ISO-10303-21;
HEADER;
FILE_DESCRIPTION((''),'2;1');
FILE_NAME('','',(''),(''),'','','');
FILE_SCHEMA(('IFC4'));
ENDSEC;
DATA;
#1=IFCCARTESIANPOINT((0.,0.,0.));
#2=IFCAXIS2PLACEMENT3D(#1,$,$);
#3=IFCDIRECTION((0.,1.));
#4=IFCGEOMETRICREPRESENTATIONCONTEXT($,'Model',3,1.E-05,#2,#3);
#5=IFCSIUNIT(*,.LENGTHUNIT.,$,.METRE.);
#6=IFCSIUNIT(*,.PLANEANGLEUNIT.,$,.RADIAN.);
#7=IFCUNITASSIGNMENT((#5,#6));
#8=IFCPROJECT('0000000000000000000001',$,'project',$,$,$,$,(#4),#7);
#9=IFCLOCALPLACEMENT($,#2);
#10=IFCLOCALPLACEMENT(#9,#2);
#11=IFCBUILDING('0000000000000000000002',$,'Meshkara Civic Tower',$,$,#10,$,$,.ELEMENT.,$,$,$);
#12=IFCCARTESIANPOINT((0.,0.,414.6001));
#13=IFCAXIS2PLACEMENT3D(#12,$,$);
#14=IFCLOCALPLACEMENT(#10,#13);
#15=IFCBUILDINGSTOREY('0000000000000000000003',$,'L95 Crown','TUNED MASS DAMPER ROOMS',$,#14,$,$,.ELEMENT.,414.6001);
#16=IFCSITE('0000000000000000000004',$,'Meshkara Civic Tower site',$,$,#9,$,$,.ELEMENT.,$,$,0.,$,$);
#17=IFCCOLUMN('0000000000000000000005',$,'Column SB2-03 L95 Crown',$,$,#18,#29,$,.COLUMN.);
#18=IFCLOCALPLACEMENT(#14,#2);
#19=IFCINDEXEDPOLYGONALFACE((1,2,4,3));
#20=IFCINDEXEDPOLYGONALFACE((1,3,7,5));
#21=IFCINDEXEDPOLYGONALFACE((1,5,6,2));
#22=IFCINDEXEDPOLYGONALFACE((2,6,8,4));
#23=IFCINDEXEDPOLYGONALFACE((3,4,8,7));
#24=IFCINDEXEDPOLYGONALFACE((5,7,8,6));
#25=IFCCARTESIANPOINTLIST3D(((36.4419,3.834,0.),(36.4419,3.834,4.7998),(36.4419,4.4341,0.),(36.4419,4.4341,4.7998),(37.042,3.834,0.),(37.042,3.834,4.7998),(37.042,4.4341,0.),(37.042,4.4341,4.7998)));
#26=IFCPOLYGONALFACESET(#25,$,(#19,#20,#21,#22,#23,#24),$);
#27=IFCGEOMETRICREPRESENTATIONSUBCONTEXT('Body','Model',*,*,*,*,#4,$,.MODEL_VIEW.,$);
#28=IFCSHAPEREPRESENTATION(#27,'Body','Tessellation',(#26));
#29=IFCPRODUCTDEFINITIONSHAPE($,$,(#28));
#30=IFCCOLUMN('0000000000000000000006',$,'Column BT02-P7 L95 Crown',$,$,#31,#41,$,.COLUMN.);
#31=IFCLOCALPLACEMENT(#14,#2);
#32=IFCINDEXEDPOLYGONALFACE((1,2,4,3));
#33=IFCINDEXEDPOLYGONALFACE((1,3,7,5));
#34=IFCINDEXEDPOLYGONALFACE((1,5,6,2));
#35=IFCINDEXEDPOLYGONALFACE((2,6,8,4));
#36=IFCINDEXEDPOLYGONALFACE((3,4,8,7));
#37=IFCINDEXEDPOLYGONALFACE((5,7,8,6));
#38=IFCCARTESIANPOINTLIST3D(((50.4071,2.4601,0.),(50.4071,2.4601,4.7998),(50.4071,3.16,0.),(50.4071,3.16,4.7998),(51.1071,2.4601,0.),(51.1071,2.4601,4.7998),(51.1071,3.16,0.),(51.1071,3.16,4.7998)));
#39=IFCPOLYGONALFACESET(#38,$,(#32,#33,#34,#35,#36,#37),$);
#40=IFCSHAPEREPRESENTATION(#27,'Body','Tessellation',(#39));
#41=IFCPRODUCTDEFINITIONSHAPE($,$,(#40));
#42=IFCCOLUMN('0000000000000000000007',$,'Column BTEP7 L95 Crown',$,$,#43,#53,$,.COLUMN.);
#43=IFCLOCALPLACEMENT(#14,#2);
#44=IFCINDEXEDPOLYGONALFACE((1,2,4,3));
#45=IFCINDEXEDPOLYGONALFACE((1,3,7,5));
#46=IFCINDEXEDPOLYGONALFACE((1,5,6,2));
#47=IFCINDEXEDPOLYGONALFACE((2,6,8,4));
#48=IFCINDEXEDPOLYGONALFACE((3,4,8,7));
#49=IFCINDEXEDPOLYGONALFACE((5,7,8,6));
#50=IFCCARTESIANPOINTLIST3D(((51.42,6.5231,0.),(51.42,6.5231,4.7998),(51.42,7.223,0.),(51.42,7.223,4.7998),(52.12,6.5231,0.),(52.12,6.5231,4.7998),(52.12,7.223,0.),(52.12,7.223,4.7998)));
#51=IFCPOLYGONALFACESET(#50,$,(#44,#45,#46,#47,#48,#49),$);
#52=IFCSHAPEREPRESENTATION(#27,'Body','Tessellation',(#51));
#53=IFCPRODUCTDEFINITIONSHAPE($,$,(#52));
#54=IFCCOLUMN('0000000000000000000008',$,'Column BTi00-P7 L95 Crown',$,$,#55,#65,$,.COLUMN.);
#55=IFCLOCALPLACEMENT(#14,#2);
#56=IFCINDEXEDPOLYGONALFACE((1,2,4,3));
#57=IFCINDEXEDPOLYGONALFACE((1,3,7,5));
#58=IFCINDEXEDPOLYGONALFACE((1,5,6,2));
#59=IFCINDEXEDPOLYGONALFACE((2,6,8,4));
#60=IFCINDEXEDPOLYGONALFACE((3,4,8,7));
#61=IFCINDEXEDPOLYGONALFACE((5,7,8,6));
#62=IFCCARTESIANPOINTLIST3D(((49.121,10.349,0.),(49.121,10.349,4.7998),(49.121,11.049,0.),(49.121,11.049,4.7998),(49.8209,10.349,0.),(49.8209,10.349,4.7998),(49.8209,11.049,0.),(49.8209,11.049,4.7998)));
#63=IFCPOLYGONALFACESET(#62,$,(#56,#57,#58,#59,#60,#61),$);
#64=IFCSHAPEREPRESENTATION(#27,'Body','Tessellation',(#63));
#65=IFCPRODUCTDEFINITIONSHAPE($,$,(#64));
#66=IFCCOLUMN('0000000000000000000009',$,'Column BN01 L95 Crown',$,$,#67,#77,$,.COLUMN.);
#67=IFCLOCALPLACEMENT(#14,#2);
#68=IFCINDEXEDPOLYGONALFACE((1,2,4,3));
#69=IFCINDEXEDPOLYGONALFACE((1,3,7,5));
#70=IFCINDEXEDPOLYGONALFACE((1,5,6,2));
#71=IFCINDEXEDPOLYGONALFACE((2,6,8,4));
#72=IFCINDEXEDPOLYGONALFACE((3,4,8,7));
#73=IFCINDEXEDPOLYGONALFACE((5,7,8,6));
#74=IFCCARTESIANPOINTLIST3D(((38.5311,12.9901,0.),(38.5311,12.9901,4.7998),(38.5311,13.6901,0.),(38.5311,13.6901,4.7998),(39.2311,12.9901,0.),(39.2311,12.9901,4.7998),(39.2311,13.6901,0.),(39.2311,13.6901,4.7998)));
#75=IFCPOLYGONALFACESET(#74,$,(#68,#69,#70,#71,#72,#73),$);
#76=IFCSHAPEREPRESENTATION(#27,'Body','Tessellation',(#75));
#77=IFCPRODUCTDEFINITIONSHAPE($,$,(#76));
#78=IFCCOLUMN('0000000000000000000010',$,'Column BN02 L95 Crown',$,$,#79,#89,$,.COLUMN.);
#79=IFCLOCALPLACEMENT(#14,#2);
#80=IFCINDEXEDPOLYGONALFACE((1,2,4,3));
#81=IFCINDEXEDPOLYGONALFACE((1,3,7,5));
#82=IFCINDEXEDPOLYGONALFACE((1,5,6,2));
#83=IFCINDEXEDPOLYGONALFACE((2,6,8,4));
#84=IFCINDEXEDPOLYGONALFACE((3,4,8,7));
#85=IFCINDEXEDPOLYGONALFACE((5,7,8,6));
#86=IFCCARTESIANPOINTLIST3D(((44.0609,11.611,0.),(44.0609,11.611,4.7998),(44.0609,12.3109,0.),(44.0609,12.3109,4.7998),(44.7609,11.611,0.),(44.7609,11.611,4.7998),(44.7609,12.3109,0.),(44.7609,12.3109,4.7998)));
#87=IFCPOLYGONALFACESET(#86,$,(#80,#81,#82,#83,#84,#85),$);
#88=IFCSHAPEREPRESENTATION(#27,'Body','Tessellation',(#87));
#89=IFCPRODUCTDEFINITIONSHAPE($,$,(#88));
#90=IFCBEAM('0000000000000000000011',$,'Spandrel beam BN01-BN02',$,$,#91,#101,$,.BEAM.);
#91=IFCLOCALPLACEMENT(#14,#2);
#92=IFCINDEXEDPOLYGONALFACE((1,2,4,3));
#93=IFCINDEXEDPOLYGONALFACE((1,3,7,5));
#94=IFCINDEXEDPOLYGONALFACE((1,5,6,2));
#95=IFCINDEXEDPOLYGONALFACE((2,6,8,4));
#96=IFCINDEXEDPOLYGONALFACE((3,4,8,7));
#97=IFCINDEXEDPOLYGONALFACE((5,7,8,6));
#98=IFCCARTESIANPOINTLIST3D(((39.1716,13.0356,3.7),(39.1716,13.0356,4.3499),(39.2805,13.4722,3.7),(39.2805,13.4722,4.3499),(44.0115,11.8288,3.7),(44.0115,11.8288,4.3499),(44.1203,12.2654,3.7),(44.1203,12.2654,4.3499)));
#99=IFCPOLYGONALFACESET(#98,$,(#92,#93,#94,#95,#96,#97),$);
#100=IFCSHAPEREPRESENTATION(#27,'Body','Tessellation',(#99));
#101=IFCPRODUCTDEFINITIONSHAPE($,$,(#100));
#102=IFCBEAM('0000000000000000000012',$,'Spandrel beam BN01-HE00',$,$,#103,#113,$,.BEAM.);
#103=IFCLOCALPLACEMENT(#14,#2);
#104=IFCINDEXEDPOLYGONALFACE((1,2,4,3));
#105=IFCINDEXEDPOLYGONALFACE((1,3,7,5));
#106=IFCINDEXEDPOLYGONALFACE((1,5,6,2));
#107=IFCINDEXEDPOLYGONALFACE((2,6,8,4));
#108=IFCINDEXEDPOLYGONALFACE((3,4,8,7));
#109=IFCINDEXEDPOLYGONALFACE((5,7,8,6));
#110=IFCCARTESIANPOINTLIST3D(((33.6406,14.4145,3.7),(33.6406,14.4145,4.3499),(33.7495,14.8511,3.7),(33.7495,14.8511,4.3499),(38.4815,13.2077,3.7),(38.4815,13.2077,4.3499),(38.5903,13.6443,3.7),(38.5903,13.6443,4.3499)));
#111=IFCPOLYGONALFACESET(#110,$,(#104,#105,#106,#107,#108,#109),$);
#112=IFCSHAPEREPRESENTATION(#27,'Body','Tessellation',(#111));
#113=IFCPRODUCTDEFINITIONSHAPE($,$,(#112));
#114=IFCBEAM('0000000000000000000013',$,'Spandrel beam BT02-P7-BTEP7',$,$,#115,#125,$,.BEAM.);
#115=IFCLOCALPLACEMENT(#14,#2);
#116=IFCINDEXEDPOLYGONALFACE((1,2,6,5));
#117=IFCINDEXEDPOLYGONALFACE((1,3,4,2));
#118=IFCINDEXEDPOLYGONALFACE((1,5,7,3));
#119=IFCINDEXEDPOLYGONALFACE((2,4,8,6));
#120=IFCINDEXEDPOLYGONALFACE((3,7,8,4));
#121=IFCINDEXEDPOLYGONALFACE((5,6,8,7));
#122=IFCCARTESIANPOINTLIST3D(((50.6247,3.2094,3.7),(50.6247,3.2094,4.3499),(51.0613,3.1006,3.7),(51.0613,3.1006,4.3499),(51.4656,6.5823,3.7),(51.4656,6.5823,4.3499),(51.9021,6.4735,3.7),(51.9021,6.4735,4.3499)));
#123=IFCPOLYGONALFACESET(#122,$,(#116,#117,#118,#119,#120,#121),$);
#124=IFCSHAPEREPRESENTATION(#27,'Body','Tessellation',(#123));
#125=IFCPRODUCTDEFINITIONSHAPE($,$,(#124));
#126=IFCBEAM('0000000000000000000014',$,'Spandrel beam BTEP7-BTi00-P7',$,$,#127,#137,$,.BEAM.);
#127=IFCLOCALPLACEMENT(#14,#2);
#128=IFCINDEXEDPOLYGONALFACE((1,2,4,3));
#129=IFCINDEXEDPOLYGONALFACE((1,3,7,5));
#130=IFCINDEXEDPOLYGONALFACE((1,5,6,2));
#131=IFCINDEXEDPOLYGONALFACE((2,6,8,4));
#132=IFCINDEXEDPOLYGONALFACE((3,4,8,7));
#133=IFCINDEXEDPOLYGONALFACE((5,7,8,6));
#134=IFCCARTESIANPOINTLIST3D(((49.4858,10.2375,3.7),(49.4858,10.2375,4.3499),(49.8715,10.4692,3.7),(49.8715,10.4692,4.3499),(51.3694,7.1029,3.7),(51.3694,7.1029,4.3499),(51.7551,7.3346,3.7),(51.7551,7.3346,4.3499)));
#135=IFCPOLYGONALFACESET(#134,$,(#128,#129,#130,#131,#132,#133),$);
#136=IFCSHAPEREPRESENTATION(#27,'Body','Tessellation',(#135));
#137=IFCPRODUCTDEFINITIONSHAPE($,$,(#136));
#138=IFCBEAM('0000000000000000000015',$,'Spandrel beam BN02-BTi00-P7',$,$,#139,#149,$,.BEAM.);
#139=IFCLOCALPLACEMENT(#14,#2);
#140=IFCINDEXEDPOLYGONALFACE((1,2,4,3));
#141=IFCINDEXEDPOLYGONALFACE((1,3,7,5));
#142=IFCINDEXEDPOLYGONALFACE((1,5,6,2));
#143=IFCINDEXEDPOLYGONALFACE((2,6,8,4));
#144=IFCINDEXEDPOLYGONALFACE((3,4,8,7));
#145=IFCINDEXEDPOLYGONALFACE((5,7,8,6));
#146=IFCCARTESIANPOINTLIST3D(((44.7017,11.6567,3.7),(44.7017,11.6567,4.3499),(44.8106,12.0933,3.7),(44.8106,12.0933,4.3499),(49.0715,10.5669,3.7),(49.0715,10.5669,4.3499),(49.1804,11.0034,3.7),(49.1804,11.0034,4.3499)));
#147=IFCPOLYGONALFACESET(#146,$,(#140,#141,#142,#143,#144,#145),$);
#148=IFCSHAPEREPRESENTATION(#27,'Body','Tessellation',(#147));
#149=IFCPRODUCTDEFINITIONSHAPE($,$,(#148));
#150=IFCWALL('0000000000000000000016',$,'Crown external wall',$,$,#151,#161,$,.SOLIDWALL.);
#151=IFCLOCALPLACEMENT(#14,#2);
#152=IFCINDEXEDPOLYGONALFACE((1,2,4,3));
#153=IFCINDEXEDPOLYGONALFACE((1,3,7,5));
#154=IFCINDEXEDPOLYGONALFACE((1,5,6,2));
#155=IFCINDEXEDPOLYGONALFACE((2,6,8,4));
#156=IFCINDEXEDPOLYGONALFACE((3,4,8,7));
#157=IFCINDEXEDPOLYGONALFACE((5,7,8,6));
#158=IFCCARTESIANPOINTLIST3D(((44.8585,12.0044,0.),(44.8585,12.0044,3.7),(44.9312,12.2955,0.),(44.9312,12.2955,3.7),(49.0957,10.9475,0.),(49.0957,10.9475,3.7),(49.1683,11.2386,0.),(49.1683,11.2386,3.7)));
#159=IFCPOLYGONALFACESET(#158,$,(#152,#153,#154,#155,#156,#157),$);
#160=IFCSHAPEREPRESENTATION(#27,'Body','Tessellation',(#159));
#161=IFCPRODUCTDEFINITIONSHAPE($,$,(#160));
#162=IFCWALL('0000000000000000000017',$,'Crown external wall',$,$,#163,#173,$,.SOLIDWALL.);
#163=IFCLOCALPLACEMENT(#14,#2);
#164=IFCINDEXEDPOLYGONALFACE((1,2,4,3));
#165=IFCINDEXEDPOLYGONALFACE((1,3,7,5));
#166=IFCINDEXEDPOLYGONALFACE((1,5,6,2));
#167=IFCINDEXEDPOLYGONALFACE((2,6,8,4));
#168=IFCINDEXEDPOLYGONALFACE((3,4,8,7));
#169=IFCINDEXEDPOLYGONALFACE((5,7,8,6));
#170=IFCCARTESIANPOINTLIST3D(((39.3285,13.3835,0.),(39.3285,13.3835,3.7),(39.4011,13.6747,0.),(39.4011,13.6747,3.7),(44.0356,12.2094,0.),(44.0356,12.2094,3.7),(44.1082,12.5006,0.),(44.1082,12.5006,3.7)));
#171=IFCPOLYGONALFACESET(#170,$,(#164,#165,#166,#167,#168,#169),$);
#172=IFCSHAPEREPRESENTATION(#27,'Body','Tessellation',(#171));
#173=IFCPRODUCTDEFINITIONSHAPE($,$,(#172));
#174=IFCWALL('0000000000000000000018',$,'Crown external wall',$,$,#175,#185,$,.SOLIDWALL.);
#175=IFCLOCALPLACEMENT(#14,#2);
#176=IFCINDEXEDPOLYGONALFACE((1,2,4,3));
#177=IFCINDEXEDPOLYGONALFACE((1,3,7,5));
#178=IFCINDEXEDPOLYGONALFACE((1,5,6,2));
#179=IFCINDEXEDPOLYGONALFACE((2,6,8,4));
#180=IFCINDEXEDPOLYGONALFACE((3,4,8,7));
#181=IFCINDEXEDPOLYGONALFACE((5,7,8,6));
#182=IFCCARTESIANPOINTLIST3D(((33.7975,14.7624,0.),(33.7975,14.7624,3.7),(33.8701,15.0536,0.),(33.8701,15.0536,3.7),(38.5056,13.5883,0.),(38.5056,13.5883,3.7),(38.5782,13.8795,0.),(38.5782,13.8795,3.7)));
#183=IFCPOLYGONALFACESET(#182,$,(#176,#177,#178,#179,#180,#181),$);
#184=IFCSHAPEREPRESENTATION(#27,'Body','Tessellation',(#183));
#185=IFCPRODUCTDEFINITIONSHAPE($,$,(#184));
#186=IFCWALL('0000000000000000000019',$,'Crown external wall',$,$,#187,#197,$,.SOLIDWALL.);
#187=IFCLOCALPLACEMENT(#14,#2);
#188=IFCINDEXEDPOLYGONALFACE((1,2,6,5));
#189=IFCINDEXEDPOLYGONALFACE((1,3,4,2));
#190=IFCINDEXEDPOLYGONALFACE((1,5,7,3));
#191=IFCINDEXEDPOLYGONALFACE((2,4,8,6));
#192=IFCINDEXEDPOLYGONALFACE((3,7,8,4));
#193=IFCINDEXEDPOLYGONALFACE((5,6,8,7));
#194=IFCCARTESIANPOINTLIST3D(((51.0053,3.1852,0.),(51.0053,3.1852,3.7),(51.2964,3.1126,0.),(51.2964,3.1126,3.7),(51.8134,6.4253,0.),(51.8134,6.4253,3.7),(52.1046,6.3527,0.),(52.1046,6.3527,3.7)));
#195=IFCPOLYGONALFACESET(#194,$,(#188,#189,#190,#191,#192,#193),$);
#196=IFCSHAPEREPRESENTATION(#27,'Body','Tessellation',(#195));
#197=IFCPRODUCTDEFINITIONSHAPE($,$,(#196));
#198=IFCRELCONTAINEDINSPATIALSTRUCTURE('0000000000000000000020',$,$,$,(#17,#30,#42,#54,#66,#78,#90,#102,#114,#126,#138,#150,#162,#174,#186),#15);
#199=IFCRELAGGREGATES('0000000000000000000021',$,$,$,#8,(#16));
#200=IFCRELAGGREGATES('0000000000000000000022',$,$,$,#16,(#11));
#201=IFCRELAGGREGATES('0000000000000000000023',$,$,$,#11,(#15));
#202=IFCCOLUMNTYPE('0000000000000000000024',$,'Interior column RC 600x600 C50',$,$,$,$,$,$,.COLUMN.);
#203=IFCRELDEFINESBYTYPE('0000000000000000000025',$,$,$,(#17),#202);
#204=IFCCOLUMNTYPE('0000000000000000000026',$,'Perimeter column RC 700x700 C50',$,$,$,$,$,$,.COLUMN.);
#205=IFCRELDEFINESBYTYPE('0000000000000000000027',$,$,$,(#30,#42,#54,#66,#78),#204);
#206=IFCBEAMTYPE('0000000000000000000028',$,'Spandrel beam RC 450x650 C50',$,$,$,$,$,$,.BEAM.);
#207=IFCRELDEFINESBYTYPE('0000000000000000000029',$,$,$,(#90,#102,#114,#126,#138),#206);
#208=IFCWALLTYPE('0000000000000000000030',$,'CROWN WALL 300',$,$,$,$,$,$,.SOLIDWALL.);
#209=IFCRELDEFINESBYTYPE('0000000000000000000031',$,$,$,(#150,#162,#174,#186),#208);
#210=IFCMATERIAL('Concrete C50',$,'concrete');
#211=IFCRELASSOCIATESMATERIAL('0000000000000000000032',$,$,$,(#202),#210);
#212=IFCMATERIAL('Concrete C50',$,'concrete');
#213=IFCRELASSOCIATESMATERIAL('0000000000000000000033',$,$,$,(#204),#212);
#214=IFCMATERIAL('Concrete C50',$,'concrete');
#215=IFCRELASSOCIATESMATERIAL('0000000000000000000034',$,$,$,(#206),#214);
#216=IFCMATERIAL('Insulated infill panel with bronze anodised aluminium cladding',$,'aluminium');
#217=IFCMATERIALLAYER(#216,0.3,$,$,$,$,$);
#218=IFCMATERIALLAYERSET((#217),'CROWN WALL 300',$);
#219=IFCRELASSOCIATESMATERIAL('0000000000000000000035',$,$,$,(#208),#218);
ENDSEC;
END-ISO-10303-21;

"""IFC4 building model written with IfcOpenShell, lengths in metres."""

from ifc_helpers import new_model, si_unit, direction, frame, frame_2d, origin, origin_2d, place, context, subcontext, project, spatial, rectangle, extrude, material, layer, layer_set, material_profile, profile_set, type_object, element, save


model = new_model("IFC4")

# Units and contexts
model_context = context("Model", 3, precision=1e-05, world=origin(), true_north=direction((0.0, 1.0)))
body_context = subcontext(model_context, "Body", "Model", "MODEL_VIEW")
ifc_project = project(units=[si_unit("LENGTHUNIT", "METRE"), si_unit("PLANEANGLEUNIT", "RADIAN")], contexts=[model_context])

# Site, building, storey
site_placement = place(None, origin())
site = spatial("IfcSite", under=ifc_project, at=site_placement, Name="Meshkara Civic Tower site", CompositionType="ELEMENT", RefElevation=0.0)
building_placement = place(site_placement, origin())
building = spatial("IfcBuilding", under=site, at=building_placement, Name="Meshkara Civic Tower", CompositionType="ELEMENT")
storey_placement = place(building_placement, frame((0.0, 0.0, 414.6001)))
storey = spatial("IfcBuildingStorey", under=building, at=storey_placement, Name="L95 Crown", Description="TUNED MASS DAMPER ROOMS", CompositionType="ELEMENT", Elevation=414.6001)

# Columns
ifc_material_1 = material(Name="Concrete C50", Category="concrete")
ifc_material_profile_1 = material_profile(ifc_material_1, rectangle(XDim=0.6001, YDim=0.6001, at=origin_2d()))
ifc_profile_set_1 = profile_set([ifc_material_profile_1], Name="Concrete C50")
column_type_1 = type_object("IfcColumnType", Name="Interior column RC 600x600 C50", PredefinedType="COLUMN", material=ifc_profile_set_1)
column_placement = place(storey_placement, frame((36.7419, 4.134, 0.0), z_axis=(0.0, 0.0, 1.0), x_axis=(1.0, 0.0, 0.0)))
element("IfcColumn", 1, at=column_placement, inside=storey, type_object=column_type_1, Name="Column SB2-03 L95 Crown", PredefinedType="COLUMN", context=body_context, shape_type="SweptSolid", body=[
    extrude(rectangle(XDim=0.6001, YDim=0.6001, at=origin_2d()), origin(), (0.0, 0.0, 1.0), 4.7998),
])
ifc_material_2 = material(Name="Concrete C50", Category="concrete")
ifc_material_profile_2 = material_profile(ifc_material_2, rectangle(XDim=0.7, YDim=0.7, at=origin_2d()))
ifc_profile_set_2 = profile_set([ifc_material_profile_2], Name="Concrete C50")
column_type_2 = type_object("IfcColumnType", Name="Perimeter column RC 700x700 C50", PredefinedType="COLUMN", material=ifc_profile_set_2)
for number, where, z_axis, x_axis, name in (
    (2, (50.7571, 2.8101, 0.0), (0.0, 0.0, 1.0), (1.0, 0.0, 0.0), "Column BT02-P7 L95 Crown"),
    (3, (51.77, 6.873, 0.0), (0.0, 0.0, 1.0), (1.0, 0.0, 0.0), "Column BTEP7 L95 Crown"),
    (4, (49.4709, 10.699, 0.0), (0.0, 0.0, 1.0), (1.0, 0.0, 0.0), "Column BTi00-P7 L95 Crown"),
    (5, (38.8811, 13.3401, 0.0), (0.0, 0.0, 1.0), (1.0, 0.0, 0.0), "Column BN01 L95 Crown"),
    (6, (44.4109, 11.9609, 0.0), (0.0, 0.0, 1.0), (1.0, 0.0, 0.0), "Column BN02 L95 Crown"),
):
    element("IfcColumn", number, at=place(storey_placement, frame(where, z_axis=z_axis, x_axis=x_axis)), inside=storey, type_object=column_type_2, Name=name, PredefinedType="COLUMN", context=body_context, shape_type="SweptSolid", body=[
        extrude(rectangle(XDim=0.7, YDim=0.7, at=origin_2d()), origin(), (0.0, 0.0, 1.0), 4.7998),
    ])

# Beams
ifc_material_3 = material(Name="Concrete C50", Category="concrete")
ifc_material_profile_3 = material_profile(ifc_material_3, rectangle(XDim=0.45, YDim=0.6499, at=origin_2d()))
ifc_profile_set_3 = profile_set([ifc_material_profile_3], Name="Concrete C50")
beam_type = type_object("IfcBeamType", Name="Spandrel beam RC 450x650 C50", PredefinedType="BEAM", material=ifc_profile_set_3)
beam_1_placement = place(storey_placement, frame((44.0659, 12.0471, 4.0249), z_axis=(-0.970292, 0.241937, 0.0), x_axis=(-0.241937, -0.970292, 0.0)))
element("IfcBeam", 7, at=beam_1_placement, inside=storey, type_object=beam_type, Name="Spandrel beam BN01-BN02", PredefinedType="BEAM", context=body_context, shape_type="SweptSolid", body=[
    extrude(rectangle(XDim=0.45, YDim=0.6499, at=origin_2d()), origin(), (0.0, 0.0, 1.0), 4.988),
])
beam_2_placement = place(storey_placement, frame((38.5359, 13.426, 4.0249), z_axis=(-0.970303, 0.241891, 0.0), x_axis=(-0.241891, -0.970303, 0.0)))
element("IfcBeam", 8, at=beam_2_placement, inside=storey, type_object=beam_type, Name="Spandrel beam BN01-HE00", PredefinedType="BEAM", context=body_context, shape_type="SweptSolid", body=[
    extrude(rectangle(XDim=0.45, YDim=0.6499, at=origin_2d()), origin(), (0.0, 0.0, 1.0), 4.989),
])
beam_3_placement = place(storey_placement, frame((50.843, 3.155, 4.0249), z_axis=(0.241891, 0.970303, 0.0), x_axis=(-0.970303, 0.241891, 0.0)))
element("IfcBeam", 9, at=beam_3_placement, inside=storey, type_object=beam_type, Name="Spandrel beam BT02-P7-BTEP7", PredefinedType="BEAM", context=body_context, shape_type="SweptSolid", body=[
    extrude(rectangle(XDim=0.45, YDim=0.6499, at=origin_2d()), origin(), (0.0, 0.0, 1.0), 3.4761),
])
beam_4_placement = place(storey_placement, frame((51.5623, 7.2188, 4.0249), z_axis=(-0.515065, 0.857151, 0.0), x_axis=(-0.857151, -0.515065, 0.0)))
element("IfcBeam", 10, at=beam_4_placement, inside=storey, type_object=beam_type, Name="Spandrel beam BTEP7-BTi00-P7", PredefinedType="BEAM", context=body_context, shape_type="SweptSolid", body=[
    extrude(rectangle(XDim=0.45, YDim=0.6499, at=origin_2d()), origin(), (0.0, 0.0, 1.0), 3.657),
])
beam_5_placement = place(storey_placement, frame((49.126, 10.7852, 4.0249), z_axis=(-0.970279, 0.241987, 0.0), x_axis=(-0.241987, -0.970279, 0.0)))
element("IfcBeam", 11, at=beam_5_placement, inside=storey, type_object=beam_type, Name="Spandrel beam BN02-BTi00-P7", PredefinedType="BEAM", context=body_context, shape_type="SweptSolid", body=[
    extrude(rectangle(XDim=0.45, YDim=0.6499, at=origin_2d()), origin(), (0.0, 0.0, 1.0), 4.5037),
])

# Walls
ifc_material_4 = material(Name="Insulated infill panel with bronze anodised aluminium cladding", Category="aluminium")
ifc_layer_1 = layer(ifc_material_4, 0.3)
ifc_layer_set_1 = layer_set([ifc_layer_1], Name="CROWN WALL 300")
wall_type_1 = type_object("IfcWallType", Name="CROWN WALL 300", PredefinedType="SOLIDWALL", material=ifc_layer_set_1)
wall_1_placement = place(storey_placement, frame((49.1321, 11.093, 0.0), z_axis=(0.0, 0.0, 1.0), x_axis=(-0.970271, 0.242023, 0.0)))
element("IfcWall", 12, at=wall_1_placement, inside=storey, type_object=wall_type_1, Name="Crown external wall", PredefinedType="SOLIDWALL", context=body_context, shape_type="SweptSolid", body=[
    extrude(rectangle(XDim=4.3669, YDim=0.3, at=frame_2d((2.1836, 0.0))), origin(), (0.0, 0.0, 1.0), 3.7),
])
wall_2_placement = place(storey_placement, frame((44.072, 12.355, 0.0), z_axis=(0.0, 0.0, 1.0), x_axis=(-0.970273, 0.242015, 0.0)))
element("IfcWall", 13, at=wall_2_placement, inside=storey, type_object=wall_type_1, Name="Crown external wall", PredefinedType="SOLIDWALL", context=body_context, shape_type="SweptSolid", body=[
    extrude(rectangle(XDim=4.8513, YDim=0.3, at=frame_2d((2.4258, 0.0))), origin(), (0.0, 0.0, 1.0), 3.7),
])
wall_3_placement = place(storey_placement, frame((38.542, 13.7339, 0.0), z_axis=(0.0, 0.0, 1.0), x_axis=(-0.970284, 0.241967, 0.0)))
element("IfcWall", 14, at=wall_3_placement, inside=storey, type_object=wall_type_1, Name="Crown external wall", PredefinedType="SOLIDWALL", context=body_context, shape_type="SweptSolid", body=[
    extrude(rectangle(XDim=4.8523, YDim=0.3, at=frame_2d((2.4263, 0.0))), origin(), (0.0, 0.0, 1.0), 3.7),
])
wall_4_placement = place(storey_placement, frame((51.1509, 3.1489, 0.0), z_axis=(0.0, 0.0, 1.0), x_axis=(0.242002, 0.970276, 0.0)))
element("IfcWall", 15, at=wall_4_placement, inside=storey, type_object=wall_type_1, Name="Crown external wall", PredefinedType="SOLIDWALL", context=body_context, shape_type="SweptSolid", body=[
    extrude(rectangle(XDim=3.3394, YDim=0.3, at=frame_2d((1.6697, 0.0))), origin(), (0.0, 0.0, 1.0), 3.7),
])

save(model, "model.ifc")
